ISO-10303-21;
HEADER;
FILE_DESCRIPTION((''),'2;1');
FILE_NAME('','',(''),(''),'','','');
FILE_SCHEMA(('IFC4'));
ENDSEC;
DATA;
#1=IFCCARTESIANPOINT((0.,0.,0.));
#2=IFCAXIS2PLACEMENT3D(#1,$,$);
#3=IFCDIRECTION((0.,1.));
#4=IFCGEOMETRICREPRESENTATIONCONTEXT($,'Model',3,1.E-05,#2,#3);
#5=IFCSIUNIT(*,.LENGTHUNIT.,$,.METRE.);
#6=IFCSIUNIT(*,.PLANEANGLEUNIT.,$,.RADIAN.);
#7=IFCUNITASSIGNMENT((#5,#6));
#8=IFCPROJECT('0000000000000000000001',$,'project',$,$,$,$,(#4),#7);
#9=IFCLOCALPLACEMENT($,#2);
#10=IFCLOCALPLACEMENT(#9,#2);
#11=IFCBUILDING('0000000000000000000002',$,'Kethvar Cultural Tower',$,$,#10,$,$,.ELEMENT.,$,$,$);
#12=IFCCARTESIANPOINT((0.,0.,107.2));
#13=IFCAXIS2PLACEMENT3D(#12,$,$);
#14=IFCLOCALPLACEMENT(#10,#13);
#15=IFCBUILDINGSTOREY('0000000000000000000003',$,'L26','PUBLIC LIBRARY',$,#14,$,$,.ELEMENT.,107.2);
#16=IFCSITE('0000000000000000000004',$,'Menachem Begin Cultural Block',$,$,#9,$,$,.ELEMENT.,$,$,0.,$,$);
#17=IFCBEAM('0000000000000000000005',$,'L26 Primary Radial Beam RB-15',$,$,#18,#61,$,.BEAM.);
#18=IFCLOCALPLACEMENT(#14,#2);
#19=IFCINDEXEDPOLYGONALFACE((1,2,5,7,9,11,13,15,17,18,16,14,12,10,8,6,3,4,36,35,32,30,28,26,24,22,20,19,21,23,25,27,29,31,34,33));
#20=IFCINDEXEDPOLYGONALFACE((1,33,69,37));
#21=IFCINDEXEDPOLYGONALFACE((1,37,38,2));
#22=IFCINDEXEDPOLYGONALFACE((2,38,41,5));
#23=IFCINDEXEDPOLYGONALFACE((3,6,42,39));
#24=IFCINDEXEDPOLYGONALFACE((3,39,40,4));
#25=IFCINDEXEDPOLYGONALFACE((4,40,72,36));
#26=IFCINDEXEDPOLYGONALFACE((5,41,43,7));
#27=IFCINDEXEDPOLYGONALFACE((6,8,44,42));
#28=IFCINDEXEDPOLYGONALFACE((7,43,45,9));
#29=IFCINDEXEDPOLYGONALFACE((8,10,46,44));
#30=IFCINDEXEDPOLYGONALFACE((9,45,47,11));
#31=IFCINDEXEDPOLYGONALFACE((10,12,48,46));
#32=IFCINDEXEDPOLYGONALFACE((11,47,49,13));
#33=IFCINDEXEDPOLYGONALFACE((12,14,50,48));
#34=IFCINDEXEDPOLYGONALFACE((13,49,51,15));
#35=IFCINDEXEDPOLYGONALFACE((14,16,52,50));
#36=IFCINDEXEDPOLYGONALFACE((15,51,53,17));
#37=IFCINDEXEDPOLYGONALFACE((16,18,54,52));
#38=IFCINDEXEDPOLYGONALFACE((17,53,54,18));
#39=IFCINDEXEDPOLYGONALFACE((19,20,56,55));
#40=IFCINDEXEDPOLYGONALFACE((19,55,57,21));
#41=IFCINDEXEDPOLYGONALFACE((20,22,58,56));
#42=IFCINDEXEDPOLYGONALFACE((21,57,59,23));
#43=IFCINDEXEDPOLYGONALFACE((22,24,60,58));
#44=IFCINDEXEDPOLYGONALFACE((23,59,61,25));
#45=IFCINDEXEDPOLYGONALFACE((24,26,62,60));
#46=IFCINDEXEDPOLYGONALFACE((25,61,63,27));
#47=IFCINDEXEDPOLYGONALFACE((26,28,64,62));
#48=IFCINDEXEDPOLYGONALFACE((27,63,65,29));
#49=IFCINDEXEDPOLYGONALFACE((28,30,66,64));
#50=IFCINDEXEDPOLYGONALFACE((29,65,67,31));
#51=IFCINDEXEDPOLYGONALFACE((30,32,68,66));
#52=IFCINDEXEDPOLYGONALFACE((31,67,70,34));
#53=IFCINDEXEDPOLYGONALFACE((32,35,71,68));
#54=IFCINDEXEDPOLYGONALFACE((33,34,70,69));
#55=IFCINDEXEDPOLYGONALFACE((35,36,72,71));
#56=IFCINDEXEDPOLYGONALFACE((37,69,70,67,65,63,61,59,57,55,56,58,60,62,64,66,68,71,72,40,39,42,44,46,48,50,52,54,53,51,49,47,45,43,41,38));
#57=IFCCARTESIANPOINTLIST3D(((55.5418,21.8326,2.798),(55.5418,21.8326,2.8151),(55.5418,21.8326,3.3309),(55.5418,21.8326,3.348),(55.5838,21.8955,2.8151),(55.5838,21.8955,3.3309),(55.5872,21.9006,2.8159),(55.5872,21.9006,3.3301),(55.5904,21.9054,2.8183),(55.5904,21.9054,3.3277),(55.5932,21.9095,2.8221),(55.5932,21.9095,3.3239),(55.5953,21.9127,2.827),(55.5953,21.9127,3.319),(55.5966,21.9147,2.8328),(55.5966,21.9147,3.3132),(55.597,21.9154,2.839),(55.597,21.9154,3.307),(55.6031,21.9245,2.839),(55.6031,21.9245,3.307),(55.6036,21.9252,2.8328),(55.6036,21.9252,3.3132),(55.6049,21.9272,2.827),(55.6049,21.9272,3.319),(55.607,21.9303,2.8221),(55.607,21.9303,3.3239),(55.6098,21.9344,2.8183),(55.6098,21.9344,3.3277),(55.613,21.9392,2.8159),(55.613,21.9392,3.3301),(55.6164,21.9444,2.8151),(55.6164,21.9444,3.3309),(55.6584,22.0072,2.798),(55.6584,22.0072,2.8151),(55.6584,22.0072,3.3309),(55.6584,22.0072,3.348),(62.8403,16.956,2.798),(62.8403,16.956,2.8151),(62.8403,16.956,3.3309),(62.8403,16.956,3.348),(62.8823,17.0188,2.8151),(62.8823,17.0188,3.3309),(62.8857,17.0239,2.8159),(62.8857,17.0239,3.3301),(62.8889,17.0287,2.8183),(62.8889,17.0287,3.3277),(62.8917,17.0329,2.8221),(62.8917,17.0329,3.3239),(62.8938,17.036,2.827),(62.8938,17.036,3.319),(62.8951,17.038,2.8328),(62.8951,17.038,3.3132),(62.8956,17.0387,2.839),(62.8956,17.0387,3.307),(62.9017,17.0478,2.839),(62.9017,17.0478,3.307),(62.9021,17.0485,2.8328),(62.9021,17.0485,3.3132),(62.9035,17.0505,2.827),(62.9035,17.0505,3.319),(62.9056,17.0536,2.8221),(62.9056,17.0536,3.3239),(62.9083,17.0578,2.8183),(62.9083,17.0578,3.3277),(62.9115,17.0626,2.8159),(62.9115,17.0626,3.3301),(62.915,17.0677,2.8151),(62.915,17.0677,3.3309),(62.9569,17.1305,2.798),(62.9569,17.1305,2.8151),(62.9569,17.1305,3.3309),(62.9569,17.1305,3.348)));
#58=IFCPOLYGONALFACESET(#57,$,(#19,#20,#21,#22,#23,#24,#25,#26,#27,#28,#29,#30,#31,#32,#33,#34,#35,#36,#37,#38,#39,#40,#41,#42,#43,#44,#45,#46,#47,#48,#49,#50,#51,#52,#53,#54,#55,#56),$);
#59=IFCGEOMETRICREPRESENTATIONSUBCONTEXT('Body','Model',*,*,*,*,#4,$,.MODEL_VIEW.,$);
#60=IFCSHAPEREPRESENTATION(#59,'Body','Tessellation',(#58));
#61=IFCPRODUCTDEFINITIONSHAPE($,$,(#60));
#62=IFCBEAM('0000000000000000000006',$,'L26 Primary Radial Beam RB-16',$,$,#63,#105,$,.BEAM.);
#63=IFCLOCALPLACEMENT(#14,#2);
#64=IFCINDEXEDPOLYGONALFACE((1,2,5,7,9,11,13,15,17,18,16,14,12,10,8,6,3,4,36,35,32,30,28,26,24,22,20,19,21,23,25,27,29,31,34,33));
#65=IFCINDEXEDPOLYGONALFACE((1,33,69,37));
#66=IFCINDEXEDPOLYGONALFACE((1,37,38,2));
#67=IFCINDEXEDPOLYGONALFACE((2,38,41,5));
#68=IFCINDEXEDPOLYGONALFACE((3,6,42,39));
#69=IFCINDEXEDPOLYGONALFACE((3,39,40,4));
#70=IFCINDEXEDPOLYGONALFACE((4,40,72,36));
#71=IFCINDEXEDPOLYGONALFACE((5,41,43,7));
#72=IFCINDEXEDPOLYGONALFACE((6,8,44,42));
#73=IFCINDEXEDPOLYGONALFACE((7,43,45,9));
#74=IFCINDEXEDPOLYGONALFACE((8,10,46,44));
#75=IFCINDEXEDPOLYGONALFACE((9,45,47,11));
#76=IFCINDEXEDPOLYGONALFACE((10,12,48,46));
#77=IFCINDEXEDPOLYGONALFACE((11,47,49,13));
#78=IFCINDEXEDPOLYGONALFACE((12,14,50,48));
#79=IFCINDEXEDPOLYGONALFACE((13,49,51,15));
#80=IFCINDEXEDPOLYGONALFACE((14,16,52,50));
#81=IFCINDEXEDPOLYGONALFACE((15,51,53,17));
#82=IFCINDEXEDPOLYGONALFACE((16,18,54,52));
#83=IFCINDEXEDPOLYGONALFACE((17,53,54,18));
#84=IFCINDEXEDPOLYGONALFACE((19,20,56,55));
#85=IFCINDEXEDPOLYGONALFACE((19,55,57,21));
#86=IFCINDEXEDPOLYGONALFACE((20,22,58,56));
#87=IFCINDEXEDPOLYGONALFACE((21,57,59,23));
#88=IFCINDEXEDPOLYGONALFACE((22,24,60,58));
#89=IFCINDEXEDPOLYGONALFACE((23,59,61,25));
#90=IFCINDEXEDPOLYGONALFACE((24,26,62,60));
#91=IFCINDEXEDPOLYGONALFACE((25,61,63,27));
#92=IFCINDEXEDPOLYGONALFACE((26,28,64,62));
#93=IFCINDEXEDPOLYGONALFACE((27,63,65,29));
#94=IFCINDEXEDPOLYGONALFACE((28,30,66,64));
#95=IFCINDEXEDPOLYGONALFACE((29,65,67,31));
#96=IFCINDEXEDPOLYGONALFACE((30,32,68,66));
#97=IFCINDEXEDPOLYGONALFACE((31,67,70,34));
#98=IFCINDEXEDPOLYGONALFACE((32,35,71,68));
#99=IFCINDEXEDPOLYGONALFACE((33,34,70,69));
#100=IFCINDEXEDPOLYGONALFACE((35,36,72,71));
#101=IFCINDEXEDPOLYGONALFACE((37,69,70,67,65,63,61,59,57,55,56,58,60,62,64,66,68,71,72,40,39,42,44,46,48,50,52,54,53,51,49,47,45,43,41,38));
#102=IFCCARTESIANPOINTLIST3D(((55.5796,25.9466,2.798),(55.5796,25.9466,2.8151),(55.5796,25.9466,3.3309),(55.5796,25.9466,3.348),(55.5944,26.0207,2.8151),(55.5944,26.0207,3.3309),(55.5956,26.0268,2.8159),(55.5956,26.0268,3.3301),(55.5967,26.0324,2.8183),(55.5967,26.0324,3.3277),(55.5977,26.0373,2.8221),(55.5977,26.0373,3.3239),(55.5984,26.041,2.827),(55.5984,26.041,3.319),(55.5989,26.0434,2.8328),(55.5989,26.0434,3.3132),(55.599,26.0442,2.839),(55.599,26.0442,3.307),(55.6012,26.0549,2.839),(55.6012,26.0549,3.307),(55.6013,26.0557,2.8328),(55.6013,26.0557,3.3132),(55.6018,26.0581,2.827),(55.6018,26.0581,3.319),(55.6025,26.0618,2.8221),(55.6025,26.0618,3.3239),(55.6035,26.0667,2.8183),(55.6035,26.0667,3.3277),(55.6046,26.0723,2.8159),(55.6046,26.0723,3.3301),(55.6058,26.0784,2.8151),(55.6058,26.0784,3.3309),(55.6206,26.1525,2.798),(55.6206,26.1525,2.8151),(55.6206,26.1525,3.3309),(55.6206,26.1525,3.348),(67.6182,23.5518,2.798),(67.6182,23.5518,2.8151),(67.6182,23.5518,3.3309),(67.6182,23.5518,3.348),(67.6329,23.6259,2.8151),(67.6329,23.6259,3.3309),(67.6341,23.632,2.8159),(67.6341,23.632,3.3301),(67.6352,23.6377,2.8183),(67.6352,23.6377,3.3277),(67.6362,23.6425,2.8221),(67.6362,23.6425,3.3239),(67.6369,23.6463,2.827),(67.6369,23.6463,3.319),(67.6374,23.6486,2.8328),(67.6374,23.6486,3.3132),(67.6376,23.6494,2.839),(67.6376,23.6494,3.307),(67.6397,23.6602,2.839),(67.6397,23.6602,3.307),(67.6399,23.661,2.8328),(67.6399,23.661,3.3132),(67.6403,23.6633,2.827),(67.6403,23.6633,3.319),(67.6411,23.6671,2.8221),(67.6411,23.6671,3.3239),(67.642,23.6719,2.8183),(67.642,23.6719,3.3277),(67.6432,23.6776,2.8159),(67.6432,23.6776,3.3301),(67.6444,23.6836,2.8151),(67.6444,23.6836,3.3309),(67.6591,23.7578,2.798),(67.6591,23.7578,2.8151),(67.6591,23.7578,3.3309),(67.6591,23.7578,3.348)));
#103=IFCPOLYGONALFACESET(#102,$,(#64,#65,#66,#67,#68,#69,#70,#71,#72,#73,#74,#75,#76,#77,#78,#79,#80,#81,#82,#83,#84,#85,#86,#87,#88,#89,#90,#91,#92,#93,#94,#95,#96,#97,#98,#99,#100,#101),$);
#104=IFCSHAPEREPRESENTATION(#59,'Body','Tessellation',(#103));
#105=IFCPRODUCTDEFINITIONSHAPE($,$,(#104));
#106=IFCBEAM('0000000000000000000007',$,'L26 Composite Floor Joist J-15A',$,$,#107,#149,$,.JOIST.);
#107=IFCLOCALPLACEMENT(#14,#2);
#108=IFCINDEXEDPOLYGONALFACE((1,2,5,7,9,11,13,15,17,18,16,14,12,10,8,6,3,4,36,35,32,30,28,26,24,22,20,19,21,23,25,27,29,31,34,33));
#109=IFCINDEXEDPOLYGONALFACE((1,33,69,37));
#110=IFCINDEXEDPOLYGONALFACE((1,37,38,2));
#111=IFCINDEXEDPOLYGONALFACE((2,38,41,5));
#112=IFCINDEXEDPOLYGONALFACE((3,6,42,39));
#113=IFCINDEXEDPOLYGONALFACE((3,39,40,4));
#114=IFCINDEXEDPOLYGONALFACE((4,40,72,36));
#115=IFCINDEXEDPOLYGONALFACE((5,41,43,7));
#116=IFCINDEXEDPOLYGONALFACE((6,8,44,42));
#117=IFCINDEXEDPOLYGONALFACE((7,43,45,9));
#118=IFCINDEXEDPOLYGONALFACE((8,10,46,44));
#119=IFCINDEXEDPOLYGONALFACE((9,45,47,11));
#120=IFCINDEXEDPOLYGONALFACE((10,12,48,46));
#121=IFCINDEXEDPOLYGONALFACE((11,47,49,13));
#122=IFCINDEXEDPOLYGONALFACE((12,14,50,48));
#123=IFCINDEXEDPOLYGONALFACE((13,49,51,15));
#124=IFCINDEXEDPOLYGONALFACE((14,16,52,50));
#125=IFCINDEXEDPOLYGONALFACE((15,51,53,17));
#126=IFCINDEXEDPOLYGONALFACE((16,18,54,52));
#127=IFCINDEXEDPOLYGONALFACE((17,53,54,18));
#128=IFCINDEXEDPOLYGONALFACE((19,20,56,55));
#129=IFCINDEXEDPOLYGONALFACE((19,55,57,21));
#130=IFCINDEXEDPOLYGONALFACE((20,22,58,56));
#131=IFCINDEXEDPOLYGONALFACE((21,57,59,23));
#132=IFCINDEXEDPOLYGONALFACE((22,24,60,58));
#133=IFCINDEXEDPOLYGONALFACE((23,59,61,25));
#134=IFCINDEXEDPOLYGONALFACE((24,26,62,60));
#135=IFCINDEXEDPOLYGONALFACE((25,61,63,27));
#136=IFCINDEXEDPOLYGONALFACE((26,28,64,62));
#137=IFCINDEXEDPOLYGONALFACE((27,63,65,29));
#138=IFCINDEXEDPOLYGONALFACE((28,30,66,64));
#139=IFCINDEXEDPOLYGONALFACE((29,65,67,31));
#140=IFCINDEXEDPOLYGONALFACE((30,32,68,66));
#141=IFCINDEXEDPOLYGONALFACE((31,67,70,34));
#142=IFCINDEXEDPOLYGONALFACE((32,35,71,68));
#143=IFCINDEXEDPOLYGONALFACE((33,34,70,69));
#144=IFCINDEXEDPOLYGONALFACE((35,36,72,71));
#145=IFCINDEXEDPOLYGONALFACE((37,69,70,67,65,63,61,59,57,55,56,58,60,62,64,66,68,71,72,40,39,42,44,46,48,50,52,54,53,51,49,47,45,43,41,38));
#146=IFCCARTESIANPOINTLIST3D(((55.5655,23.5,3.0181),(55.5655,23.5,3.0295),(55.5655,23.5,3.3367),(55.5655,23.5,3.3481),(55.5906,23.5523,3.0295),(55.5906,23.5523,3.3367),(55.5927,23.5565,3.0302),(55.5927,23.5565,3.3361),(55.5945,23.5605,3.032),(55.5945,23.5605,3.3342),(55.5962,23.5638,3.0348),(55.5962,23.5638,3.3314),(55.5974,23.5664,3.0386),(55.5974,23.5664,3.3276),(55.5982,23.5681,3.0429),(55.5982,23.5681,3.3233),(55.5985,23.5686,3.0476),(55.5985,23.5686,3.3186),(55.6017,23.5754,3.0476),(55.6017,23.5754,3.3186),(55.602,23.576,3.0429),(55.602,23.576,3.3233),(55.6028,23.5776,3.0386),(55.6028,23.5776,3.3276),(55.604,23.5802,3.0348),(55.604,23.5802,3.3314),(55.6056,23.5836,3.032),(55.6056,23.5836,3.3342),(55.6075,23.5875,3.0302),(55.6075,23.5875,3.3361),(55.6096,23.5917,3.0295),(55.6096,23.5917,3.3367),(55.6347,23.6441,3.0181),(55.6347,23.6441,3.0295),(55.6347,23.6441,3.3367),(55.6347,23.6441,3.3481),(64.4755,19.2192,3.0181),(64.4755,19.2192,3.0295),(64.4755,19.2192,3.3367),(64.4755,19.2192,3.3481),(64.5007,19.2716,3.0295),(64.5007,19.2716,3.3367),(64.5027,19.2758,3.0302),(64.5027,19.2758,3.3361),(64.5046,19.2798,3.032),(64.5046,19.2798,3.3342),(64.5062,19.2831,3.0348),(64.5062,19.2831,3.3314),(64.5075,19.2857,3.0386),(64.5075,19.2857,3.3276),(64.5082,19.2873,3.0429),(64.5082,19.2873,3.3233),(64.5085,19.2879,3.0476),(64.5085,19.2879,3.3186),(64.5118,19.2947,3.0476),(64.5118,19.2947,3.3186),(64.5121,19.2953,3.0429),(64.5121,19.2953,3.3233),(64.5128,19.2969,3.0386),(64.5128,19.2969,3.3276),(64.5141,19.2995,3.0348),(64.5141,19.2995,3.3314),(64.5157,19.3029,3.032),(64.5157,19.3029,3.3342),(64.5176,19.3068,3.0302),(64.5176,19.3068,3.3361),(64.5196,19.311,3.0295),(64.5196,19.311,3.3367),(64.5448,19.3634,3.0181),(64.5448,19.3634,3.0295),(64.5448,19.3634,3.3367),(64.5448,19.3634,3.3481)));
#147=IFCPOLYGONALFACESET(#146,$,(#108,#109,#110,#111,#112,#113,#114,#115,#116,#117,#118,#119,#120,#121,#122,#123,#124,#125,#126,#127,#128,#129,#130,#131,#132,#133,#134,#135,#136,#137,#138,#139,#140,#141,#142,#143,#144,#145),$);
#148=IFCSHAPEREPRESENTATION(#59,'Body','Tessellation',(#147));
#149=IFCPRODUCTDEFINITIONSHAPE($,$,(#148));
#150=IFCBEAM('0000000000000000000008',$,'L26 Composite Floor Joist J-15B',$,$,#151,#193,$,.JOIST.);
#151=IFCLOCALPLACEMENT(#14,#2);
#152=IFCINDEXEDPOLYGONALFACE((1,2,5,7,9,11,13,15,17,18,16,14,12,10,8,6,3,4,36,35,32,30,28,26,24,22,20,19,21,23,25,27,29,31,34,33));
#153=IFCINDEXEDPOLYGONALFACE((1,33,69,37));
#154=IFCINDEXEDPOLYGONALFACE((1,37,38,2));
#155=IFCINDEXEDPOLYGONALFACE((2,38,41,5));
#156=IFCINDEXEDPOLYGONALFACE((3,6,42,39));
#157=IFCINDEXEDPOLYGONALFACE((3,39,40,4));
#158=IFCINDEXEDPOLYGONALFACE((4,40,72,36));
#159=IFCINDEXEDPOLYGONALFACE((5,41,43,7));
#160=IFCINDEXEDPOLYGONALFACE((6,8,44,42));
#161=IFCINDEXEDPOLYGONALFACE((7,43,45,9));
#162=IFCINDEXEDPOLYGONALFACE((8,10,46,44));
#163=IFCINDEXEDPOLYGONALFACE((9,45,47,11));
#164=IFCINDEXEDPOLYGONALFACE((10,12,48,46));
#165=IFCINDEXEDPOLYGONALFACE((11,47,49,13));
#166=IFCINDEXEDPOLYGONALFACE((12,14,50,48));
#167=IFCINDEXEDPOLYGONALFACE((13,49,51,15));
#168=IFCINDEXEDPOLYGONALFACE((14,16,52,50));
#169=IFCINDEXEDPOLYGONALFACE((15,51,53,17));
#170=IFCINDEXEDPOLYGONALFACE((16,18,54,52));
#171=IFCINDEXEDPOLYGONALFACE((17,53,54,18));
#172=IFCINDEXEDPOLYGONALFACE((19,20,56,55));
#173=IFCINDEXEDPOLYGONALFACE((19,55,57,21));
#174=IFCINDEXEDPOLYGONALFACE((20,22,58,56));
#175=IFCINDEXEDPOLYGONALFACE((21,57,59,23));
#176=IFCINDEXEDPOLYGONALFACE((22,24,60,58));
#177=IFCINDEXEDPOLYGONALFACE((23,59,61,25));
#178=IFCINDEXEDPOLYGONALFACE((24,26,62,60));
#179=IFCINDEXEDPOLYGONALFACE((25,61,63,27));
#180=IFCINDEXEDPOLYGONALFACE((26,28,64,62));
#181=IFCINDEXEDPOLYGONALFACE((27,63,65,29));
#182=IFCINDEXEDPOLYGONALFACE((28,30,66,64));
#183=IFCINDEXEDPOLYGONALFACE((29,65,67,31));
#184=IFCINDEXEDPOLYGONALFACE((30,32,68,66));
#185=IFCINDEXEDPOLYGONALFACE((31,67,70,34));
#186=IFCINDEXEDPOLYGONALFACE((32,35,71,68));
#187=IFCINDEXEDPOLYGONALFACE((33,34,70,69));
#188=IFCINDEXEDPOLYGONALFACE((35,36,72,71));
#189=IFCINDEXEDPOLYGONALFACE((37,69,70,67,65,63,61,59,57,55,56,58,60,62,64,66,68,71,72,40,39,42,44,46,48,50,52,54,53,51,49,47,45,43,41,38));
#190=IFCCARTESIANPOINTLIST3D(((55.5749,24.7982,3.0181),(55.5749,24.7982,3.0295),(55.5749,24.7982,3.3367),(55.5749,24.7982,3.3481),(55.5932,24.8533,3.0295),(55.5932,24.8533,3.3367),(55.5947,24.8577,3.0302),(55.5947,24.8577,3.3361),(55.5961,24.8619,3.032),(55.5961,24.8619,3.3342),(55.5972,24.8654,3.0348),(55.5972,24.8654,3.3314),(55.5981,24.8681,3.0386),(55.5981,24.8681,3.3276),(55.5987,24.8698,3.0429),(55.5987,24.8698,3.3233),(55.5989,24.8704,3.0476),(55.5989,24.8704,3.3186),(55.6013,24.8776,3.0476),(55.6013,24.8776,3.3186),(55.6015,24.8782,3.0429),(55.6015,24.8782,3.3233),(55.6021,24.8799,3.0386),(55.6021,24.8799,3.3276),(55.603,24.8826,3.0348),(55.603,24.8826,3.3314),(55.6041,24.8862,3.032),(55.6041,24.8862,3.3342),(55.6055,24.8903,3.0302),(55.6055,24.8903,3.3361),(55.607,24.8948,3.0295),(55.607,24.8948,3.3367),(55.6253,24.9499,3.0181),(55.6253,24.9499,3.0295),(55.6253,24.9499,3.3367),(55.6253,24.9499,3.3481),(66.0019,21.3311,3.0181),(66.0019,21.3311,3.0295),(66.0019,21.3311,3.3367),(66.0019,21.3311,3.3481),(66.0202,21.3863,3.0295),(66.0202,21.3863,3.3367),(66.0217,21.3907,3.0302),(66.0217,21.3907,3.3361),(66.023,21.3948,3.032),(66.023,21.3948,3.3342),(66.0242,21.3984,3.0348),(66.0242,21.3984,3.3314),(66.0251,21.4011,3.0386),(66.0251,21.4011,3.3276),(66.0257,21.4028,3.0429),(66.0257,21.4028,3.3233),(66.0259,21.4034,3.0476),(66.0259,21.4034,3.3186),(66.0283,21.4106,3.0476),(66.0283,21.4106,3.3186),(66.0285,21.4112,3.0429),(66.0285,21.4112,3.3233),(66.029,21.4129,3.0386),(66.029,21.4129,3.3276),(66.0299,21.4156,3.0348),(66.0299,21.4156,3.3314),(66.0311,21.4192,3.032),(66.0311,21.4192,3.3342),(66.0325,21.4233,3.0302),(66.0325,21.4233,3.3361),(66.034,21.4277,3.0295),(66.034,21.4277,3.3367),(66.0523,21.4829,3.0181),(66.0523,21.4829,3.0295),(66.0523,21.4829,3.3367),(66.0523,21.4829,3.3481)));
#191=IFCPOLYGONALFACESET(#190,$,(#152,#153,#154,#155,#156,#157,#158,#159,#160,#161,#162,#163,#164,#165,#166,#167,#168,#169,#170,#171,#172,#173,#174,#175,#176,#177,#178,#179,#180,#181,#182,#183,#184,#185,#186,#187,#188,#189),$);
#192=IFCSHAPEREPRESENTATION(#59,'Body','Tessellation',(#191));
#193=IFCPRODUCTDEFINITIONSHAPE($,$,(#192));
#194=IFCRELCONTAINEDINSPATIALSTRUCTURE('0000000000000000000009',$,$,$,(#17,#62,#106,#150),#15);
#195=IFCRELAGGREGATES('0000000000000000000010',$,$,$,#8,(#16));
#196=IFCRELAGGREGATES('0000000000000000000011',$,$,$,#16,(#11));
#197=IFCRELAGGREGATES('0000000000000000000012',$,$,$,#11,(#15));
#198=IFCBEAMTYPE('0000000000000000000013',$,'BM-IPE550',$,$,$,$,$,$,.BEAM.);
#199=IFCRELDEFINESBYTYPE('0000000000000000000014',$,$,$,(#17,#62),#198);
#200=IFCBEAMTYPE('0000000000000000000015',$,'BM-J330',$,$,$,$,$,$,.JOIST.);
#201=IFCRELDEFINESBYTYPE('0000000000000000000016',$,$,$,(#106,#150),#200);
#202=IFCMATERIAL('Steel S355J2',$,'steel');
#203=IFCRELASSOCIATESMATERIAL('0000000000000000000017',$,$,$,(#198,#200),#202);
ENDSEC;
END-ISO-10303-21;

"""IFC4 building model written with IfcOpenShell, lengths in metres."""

from ifc_helpers import new_model, si_unit, direction, frame, origin, origin_2d, place, context, subcontext, project, spatial, i_section, extrude, source, transform, mapped, material, material_profile, profile_set, type_object, element, save


model = new_model("IFC4")

# Units and contexts
model_context = context("Model", 3, precision=1e-05, world=origin(), true_north=direction((0.0, 1.0)))
body_context = subcontext(model_context, "Body", "Model", "MODEL_VIEW")
ifc_project = project(units=[si_unit("LENGTHUNIT", "METRE"), si_unit("PLANEANGLEUNIT", "RADIAN")], contexts=[model_context])

# Site, building, storey
site_placement = place(None, origin())
site = spatial("IfcSite", under=ifc_project, at=site_placement, Name="Menachem Begin Cultural Block", CompositionType="ELEMENT", RefElevation=0.0)
building_placement = place(site_placement, origin())
building = spatial("IfcBuilding", under=site, at=building_placement, Name="Kethvar Cultural Tower", CompositionType="ELEMENT")
storey_placement = place(building_placement, frame((0.0, 0.0, 107.2)))
storey = spatial("IfcBuildingStorey", under=building, at=storey_placement, Name="L26", Description="PUBLIC LIBRARY", CompositionType="ELEMENT", Elevation=107.2)

# Beams
ifc_material_1 = material(Name="Steel S355J2", Category="steel")
ifc_material_profile_1 = material_profile(ifc_material_1, i_section(OverallWidth=0.21, OverallDepth=0.55, WebThickness=0.011, FlangeThickness=0.0171, FilletRadius=0.0239, at=origin_2d()), Name="Steel S355J2 — IPE550")
ifc_profile_set_1 = profile_set([ifc_material_profile_1], Name="Steel S355J2 — IPE550")
beam_type_1 = type_object("IfcBeamType", Name="BM-IPE550", PredefinedType="BEAM", material=ifc_profile_set_1)
shared_shape_1 = source(origin(), body_context, "Body", "SweptSolid", [
    extrude(i_section(OverallWidth=0.21, OverallDepth=0.55, WebThickness=0.011, FlangeThickness=0.0171, FilletRadius=0.0239, at=origin_2d()), origin(), (0.0, 0.0, 1.0), 8.7778),
])
beam_1_placement = place(storey_placement, frame((55.6001, 21.9199, 3.073), z_axis=(0.831472, -0.555566, 0.0), x_axis=(0.555566, 0.831472, 0.0)))
element("IfcBeam", 1, at=beam_1_placement, inside=storey, type_object=beam_type_1, Name="L26 Primary Radial Beam RB-15", PredefinedType="BEAM", context=body_context, shape_type="MappedRepresentation", body=[
    mapped(shared_shape_1, transform((0.0, 0.0, 0.0), scale=1.0)),
])
shared_shape_2 = source(origin(), body_context, "Body", "SweptSolid", [
    extrude(i_section(OverallWidth=0.21, OverallDepth=0.55, WebThickness=0.011, FlangeThickness=0.0171, FilletRadius=0.0239, at=origin_2d()), origin(), (0.0, 0.0, 1.0), 12.2744),
])
beam_2_placement = place(storey_placement, frame((55.6001, 26.0496, 3.073), z_axis=(0.980783, -0.195102, 0.0), x_axis=(0.195102, 0.980783, 0.0)))
element("IfcBeam", 2, at=beam_2_placement, inside=storey, type_object=beam_type_1, Name="L26 Primary Radial Beam RB-16", PredefinedType="BEAM", context=body_context, shape_type="MappedRepresentation", body=[
    mapped(shared_shape_2, transform((0.0, 0.0, 0.0), scale=1.0)),
])
ifc_material_profile_2 = material_profile(ifc_material_1, i_section(OverallWidth=0.1599, OverallDepth=0.3301, WebThickness=0.0076, FlangeThickness=0.0115, FilletRadius=0.0181, at=origin_2d()), Name="Steel S355J2 — IPE330")
ifc_profile_set_2 = profile_set([ifc_material_profile_2], Name="Steel S355J2 — IPE330")
beam_type_2 = type_object("IfcBeamType", Name="BM-J330", PredefinedType="JOIST", material=ifc_profile_set_2)
shared_shape_3 = source(origin(), body_context, "Body", "SweptSolid", [
    extrude(i_section(OverallWidth=0.1599, OverallDepth=0.3301, WebThickness=0.0076, FlangeThickness=0.0115, FilletRadius=0.0181, at=origin_2d()), origin(), (0.0, 0.0, 1.0), 9.885),
])
beam_3_placement = place(storey_placement, frame((55.6001, 23.572, 3.1831), z_axis=(0.90137, -0.433051, 0.0), x_axis=(0.433051, 0.90137, 0.0)))
element("IfcBeam", 3, at=beam_3_placement, inside=storey, type_object=beam_type_2, Name="L26 Composite Floor Joist J-15A", PredefinedType="JOIST", context=body_context, shape_type="MappedRepresentation", body=[
    mapped(shared_shape_3, transform((0.0, 0.0, 0.0), scale=1.0)),
])
shared_shape_4 = source(origin(), body_context, "Body", "SweptSolid", [
    extrude(i_section(OverallWidth=0.1599, OverallDepth=0.3301, WebThickness=0.0076, FlangeThickness=0.0115, FilletRadius=0.0181, at=origin_2d()), origin(), (0.0, 0.0, 1.0), 10.9883),
])
beam_4_placement = place(storey_placement, frame((55.6001, 24.874, 3.1831), z_axis=(0.948919, -0.315521, 0.0), x_axis=(0.315521, 0.948919, 0.0)))
element("IfcBeam", 4, at=beam_4_placement, inside=storey, type_object=beam_type_2, Name="L26 Composite Floor Joist J-15B", PredefinedType="JOIST", context=body_context, shape_type="MappedRepresentation", body=[
    mapped(shared_shape_4, transform((0.0, 0.0, 0.0), scale=1.0)),
])

save(model, "model.ifc")
